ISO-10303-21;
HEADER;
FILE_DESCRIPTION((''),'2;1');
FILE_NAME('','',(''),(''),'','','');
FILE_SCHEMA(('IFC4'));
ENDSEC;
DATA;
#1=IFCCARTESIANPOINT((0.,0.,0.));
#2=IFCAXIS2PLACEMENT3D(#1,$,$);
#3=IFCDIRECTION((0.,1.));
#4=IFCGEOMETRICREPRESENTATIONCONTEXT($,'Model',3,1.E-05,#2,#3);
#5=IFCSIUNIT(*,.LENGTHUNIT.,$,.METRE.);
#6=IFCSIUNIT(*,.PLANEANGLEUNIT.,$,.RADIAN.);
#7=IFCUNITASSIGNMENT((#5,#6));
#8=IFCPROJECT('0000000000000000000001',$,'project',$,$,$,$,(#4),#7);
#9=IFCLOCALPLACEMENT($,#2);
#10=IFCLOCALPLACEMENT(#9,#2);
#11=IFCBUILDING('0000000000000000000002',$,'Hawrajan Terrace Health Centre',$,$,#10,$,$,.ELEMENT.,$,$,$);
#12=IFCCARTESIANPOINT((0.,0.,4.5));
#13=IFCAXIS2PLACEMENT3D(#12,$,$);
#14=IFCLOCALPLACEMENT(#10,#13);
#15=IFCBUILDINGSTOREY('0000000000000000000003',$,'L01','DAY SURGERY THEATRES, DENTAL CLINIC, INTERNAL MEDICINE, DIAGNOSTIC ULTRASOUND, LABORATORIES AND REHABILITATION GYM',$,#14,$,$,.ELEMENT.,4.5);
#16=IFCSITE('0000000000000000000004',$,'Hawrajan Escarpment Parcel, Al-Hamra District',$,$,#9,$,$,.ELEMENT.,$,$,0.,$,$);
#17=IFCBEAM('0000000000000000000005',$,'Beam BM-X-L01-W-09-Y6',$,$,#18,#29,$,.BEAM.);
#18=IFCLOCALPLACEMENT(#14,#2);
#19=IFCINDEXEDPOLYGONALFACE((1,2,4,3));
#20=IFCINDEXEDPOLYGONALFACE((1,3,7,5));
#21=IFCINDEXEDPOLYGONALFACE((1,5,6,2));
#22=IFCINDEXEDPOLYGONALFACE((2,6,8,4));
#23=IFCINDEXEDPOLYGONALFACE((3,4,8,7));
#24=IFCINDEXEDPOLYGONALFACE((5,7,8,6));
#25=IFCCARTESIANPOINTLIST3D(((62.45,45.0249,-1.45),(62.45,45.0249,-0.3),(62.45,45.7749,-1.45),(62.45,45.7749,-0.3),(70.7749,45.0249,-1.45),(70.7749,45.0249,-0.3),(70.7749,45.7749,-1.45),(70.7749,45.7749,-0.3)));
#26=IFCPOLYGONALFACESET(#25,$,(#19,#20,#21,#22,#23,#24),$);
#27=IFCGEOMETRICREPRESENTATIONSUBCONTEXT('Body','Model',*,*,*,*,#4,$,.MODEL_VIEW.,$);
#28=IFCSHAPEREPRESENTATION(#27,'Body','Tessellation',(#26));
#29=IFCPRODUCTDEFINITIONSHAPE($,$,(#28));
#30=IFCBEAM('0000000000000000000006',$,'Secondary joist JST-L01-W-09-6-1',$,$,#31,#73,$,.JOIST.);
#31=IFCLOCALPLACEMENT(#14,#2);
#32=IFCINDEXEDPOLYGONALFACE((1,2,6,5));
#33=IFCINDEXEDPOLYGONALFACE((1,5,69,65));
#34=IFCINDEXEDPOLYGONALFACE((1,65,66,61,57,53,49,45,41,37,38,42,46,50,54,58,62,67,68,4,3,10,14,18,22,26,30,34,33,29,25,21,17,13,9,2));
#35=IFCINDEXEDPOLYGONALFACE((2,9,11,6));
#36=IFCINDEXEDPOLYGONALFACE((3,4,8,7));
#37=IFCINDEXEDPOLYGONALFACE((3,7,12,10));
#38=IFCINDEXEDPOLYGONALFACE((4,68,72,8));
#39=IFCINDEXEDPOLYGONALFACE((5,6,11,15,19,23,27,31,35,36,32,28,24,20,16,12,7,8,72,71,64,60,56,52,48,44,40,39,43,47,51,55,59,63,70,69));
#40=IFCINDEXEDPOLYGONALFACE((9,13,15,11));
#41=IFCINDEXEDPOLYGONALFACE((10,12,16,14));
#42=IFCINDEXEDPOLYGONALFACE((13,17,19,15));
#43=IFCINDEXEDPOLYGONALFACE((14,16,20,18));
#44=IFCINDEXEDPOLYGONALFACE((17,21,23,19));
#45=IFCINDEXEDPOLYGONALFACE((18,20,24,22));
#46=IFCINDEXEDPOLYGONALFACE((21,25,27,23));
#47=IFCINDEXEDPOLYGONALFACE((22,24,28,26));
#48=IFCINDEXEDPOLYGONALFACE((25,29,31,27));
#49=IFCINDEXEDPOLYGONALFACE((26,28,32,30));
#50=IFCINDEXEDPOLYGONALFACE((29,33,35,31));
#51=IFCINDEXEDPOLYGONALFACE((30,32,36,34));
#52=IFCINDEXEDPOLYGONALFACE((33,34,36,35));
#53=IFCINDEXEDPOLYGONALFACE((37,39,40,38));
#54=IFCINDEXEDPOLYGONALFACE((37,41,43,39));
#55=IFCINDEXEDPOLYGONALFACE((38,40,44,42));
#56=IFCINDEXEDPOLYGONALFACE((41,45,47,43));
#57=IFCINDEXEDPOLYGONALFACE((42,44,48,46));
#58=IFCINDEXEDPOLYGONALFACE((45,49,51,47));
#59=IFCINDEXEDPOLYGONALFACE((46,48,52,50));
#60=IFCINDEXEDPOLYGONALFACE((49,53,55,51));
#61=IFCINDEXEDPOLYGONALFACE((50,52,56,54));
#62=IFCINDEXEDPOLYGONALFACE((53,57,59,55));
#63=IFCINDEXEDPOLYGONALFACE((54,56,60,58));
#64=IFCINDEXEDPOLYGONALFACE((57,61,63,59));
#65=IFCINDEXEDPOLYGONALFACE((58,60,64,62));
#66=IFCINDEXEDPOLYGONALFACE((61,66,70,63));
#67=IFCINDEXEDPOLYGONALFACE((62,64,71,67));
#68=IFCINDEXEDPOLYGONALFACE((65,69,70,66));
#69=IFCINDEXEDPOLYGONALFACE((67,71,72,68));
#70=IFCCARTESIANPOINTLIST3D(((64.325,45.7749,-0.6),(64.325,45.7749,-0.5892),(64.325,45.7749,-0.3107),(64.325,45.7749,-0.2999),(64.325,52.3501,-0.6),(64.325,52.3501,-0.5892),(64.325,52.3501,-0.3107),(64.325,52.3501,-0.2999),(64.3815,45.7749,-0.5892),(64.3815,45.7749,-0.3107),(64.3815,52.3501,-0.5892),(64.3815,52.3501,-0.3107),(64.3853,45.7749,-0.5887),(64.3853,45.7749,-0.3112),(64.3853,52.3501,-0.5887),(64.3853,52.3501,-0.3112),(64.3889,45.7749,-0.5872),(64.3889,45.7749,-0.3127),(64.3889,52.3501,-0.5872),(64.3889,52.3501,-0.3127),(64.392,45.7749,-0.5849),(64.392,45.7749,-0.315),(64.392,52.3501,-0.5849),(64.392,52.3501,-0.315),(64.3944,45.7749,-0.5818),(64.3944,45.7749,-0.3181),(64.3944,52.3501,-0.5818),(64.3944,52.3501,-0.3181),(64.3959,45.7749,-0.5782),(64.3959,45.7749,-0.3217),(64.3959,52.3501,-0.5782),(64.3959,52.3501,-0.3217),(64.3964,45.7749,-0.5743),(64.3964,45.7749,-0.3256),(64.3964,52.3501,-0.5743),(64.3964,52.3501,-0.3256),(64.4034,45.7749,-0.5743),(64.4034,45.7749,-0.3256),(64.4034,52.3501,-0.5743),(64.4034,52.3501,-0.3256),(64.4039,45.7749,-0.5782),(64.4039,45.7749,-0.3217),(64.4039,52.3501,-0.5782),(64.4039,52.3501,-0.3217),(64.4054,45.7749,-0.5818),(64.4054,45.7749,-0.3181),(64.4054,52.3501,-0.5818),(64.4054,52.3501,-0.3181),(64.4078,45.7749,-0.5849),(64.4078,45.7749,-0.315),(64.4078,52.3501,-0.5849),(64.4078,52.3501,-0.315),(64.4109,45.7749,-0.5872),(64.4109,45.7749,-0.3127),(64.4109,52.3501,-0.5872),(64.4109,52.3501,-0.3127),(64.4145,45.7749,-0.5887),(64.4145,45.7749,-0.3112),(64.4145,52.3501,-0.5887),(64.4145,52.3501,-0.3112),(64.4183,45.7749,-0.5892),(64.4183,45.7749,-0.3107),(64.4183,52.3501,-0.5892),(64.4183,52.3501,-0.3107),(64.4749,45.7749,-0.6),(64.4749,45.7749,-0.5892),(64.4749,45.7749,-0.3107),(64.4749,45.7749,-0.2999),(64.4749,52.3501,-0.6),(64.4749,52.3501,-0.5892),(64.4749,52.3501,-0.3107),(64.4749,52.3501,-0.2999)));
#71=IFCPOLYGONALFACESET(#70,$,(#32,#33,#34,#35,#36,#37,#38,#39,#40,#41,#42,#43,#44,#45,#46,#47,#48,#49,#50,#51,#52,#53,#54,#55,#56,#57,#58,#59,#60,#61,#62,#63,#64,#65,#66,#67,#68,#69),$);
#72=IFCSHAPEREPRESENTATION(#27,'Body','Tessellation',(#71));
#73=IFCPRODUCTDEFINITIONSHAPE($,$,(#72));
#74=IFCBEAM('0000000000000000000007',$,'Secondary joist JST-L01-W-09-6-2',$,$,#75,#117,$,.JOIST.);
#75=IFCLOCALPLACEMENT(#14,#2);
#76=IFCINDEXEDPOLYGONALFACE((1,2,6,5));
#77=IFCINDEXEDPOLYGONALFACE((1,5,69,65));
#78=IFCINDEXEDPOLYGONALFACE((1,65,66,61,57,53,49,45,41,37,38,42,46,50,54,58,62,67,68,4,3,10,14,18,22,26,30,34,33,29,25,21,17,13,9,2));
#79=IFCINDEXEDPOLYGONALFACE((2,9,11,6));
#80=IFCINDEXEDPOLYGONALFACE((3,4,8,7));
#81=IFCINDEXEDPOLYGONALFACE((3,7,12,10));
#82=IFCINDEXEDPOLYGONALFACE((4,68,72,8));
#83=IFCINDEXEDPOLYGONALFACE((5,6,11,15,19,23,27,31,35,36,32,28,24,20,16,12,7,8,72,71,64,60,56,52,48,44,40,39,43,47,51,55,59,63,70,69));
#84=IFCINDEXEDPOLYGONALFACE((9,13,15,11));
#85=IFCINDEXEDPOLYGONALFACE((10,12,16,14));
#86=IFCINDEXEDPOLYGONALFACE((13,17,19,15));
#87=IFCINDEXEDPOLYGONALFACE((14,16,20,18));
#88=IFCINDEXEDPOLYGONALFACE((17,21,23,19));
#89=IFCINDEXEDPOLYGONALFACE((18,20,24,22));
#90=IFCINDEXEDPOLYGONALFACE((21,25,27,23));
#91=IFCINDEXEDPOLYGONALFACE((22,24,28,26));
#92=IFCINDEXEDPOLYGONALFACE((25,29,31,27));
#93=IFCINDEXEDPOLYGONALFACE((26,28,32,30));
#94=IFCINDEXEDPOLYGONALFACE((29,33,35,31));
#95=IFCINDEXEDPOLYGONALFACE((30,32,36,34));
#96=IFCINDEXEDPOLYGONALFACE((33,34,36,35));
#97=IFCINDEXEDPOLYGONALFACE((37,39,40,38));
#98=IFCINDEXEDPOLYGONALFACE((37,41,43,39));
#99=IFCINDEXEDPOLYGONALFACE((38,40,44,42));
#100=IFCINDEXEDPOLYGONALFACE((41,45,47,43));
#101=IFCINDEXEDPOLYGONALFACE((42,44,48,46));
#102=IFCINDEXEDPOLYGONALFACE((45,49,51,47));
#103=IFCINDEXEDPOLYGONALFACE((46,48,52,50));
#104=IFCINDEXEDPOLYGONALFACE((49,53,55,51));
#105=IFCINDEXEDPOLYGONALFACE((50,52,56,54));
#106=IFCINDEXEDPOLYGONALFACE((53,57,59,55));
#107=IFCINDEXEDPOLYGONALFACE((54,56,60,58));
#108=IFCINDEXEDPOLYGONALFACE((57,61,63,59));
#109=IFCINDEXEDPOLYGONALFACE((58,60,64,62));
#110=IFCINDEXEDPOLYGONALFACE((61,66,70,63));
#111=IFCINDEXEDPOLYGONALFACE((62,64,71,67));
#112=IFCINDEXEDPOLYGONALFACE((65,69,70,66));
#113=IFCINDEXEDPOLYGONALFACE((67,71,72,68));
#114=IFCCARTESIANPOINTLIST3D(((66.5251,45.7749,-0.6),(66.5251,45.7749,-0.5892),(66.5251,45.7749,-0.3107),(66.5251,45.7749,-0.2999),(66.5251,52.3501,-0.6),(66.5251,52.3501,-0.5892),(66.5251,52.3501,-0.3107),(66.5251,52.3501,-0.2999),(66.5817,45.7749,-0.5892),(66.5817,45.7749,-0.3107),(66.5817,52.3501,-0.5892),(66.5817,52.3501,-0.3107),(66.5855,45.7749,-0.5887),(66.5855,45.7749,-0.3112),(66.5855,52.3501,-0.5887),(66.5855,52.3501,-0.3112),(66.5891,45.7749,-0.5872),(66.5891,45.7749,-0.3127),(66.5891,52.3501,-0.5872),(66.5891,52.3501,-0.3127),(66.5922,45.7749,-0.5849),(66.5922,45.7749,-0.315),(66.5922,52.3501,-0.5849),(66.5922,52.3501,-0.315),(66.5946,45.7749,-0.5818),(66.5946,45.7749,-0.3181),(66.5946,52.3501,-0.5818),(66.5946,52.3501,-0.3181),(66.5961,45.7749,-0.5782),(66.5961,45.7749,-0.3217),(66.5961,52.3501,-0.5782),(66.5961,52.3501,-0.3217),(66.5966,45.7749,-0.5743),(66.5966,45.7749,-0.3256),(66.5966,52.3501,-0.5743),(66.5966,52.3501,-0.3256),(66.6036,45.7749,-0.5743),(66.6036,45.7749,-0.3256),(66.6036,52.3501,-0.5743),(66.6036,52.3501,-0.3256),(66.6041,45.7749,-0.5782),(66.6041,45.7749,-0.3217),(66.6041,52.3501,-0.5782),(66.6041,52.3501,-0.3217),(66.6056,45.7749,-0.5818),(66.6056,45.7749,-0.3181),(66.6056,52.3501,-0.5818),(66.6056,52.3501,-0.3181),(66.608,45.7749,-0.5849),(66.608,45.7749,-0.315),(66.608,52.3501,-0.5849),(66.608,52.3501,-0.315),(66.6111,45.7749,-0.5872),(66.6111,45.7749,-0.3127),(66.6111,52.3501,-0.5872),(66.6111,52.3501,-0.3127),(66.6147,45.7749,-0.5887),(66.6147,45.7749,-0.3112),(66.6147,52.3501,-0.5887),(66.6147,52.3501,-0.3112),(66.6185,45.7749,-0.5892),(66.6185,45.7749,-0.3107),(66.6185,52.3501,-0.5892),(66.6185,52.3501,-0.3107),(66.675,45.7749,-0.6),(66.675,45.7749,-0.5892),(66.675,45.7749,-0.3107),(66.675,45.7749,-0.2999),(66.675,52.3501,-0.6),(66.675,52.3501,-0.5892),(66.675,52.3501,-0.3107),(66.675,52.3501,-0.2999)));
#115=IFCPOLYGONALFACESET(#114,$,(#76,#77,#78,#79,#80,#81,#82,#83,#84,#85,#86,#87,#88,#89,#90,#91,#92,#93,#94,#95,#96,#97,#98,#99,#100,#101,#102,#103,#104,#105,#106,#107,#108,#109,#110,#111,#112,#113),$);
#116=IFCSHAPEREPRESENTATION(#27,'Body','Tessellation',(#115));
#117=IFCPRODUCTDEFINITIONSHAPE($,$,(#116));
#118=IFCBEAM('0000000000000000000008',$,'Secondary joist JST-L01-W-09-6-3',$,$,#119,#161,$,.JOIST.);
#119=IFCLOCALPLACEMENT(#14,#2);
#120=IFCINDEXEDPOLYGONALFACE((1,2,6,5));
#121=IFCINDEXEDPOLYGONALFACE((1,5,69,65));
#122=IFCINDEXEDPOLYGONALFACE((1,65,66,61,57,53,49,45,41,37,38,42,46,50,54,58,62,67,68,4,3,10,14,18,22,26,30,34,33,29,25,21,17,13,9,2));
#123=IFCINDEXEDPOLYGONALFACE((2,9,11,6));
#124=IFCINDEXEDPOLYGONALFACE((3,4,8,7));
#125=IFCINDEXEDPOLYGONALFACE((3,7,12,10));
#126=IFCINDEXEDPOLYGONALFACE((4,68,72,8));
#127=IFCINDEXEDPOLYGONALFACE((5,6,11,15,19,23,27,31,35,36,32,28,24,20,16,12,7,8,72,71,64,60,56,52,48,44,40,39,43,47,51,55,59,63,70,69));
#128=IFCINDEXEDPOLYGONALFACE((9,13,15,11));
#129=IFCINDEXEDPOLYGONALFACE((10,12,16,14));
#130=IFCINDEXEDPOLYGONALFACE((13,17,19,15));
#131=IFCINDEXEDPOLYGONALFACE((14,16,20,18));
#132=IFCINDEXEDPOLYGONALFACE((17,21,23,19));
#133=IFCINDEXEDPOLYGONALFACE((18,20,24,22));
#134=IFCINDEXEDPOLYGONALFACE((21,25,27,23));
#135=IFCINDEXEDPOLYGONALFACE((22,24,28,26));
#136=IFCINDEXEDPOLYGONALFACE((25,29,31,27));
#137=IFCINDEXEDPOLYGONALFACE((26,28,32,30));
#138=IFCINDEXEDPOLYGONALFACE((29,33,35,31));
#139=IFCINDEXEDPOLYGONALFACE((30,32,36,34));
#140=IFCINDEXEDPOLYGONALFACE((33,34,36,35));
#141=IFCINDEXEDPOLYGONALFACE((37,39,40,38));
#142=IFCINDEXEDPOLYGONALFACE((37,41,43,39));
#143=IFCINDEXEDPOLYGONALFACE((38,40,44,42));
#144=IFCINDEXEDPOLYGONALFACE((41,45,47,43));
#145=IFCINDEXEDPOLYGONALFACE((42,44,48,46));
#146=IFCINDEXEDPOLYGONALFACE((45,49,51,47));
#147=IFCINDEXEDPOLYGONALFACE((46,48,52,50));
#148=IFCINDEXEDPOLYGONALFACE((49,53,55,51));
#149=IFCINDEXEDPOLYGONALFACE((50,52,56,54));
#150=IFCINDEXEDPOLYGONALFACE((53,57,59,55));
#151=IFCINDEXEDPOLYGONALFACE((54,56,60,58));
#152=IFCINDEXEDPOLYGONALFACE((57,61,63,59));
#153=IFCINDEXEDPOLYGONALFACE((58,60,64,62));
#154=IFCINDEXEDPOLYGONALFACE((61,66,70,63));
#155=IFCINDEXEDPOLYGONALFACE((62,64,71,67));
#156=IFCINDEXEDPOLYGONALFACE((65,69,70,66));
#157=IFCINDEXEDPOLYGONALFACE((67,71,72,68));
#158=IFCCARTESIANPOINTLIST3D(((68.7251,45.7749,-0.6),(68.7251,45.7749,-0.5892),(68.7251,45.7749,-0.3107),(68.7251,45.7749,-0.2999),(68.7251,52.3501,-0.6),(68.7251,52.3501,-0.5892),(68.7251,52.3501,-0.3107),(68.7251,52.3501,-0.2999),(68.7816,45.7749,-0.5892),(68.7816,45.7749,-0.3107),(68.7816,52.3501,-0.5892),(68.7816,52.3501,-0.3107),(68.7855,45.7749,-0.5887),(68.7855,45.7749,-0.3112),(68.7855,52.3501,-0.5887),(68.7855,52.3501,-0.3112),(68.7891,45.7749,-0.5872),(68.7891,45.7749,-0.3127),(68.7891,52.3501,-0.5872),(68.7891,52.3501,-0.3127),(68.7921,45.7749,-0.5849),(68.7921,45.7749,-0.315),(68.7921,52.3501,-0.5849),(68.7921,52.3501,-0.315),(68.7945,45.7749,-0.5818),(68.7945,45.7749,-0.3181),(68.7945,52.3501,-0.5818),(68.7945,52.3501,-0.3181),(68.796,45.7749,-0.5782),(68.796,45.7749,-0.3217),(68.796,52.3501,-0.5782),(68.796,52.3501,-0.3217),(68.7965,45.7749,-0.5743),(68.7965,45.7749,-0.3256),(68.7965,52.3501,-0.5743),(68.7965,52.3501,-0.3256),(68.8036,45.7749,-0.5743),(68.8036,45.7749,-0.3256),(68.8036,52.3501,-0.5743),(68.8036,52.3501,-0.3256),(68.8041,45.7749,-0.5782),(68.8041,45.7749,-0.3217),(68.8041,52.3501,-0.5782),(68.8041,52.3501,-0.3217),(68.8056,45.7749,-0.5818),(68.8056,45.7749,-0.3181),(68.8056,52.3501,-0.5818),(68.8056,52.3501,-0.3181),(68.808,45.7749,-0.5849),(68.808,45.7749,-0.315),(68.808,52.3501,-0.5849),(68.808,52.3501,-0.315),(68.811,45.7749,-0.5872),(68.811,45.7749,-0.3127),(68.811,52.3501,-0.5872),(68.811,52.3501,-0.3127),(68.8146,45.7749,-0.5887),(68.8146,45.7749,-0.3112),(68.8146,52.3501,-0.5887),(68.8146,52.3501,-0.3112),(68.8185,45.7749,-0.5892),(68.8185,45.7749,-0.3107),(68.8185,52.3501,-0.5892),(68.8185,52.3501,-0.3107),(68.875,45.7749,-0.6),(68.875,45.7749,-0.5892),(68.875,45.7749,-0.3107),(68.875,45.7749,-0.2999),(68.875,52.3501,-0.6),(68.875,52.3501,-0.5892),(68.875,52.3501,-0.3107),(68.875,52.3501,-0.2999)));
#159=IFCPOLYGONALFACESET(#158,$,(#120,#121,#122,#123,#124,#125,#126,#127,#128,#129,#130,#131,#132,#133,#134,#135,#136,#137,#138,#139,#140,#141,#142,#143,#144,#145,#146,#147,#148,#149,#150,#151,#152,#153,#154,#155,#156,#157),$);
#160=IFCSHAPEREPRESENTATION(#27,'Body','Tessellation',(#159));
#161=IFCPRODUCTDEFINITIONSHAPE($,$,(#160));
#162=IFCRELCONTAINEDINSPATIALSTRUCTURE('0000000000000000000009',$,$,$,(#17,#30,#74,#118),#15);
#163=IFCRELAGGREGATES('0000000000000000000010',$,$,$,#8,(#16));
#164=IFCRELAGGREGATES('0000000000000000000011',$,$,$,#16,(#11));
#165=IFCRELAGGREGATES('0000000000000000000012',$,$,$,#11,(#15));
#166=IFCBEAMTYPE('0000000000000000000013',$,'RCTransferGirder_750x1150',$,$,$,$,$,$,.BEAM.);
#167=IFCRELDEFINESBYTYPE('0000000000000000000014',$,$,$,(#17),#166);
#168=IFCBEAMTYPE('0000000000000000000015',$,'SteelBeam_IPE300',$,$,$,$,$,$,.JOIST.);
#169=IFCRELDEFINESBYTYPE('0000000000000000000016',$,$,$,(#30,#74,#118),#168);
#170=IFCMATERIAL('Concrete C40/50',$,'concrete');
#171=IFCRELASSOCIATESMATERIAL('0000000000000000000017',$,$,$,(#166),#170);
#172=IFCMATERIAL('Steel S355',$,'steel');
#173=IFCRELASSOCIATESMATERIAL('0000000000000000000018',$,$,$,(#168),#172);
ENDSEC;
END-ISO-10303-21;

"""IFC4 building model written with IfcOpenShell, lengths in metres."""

from ifc_helpers import new_model, si_unit, direction, frame, origin, origin_2d, place, context, subcontext, project, spatial, rectangle, i_section, extrude, material, material_profile, profile_set, type_object, element, save


model = new_model("IFC4")

# Units and contexts
model_context = context("Model", 3, precision=1e-05, world=origin(), true_north=direction((0.0, 1.0)))
body_context = subcontext(model_context, "Body", "Model", "MODEL_VIEW")
ifc_project = project(units=[si_unit("LENGTHUNIT", "METRE"), si_unit("PLANEANGLEUNIT", "RADIAN")], contexts=[model_context])

# Site, building, storey
site_placement = place(None, origin())
site = spatial("IfcSite", under=ifc_project, at=site_placement, Name="Hawrajan Escarpment Parcel, Al-Hamra District", CompositionType="ELEMENT", RefElevation=0.0)
building_placement = place(site_placement, origin())
building = spatial("IfcBuilding", under=site, at=building_placement, Name="Hawrajan Terrace Health Centre", CompositionType="ELEMENT")
storey_placement = place(building_placement, frame((0.0, 0.0, 4.5)))
storey = spatial("IfcBuildingStorey", under=building, at=storey_placement, Name="L01", Description="DAY SURGERY THEATRES, DENTAL CLINIC, INTERNAL MEDICINE, DIAGNOSTIC ULTRASOUND, LABORATORIES AND REHABILITATION GYM", CompositionType="ELEMENT", Elevation=4.5)

# Beams
ifc_material_1 = material(Name="Concrete C40/50", Category="concrete")
ifc_material_profile_1 = material_profile(ifc_material_1, rectangle(XDim=0.75, YDim=1.1499, at=origin_2d()), Name="RC TG 750x1150")
ifc_profile_set_1 = profile_set([ifc_material_profile_1], Name="Concrete C40/50")
beam_type_1 = type_object("IfcBeamType", Name="RCTransferGirder_750x1150", PredefinedType="BEAM", material=ifc_profile_set_1)
beam_1_placement = place(storey_placement, frame((62.45, 45.3999, -0.875), z_axis=(1.0, 0.0, 0.0), x_axis=(0.0, 1.0, 0.0)))
element("IfcBeam", 1, at=beam_1_placement, inside=storey, type_object=beam_type_1, Name="Beam BM-X-L01-W-09-Y6", PredefinedType="BEAM", context=body_context, shape_type="SweptSolid", body=[
    extrude(rectangle(XDim=0.75, YDim=1.1499, at=origin_2d()), origin(), (0.0, 0.0, 1.0), 8.325),
])
ifc_material_2 = material(Name="Steel S355", Category="steel")
ifc_material_profile_2 = material_profile(ifc_material_2, i_section(OverallWidth=0.1499, OverallDepth=0.3, WebThickness=0.0071, FlangeThickness=0.0107, FilletRadius=0.0149, at=origin_2d()), Name="IPE 300")
ifc_profile_set_2 = profile_set([ifc_material_profile_2], Name="Steel S355")
beam_type_2 = type_object("IfcBeamType", Name="SteelBeam_IPE300", PredefinedType="JOIST", material=ifc_profile_set_2)
for number, where, z_axis, x_axis, name in (
    (2, (64.3999, 45.7749, -0.45), (0.0, 1.0, 0.0), (-1.0, 0.0, 0.0), "Secondary joist JST-L01-W-09-6-1"),
    (3, (66.6001, 45.7749, -0.45), (0.0, 1.0, 0.0), (-1.0, 0.0, 0.0), "Secondary joist JST-L01-W-09-6-2"),
    (4, (68.8, 45.7749, -0.45), (0.0, 1.0, 0.0), (-1.0, 0.0, 0.0), "Secondary joist JST-L01-W-09-6-3"),
):
    element("IfcBeam", number, at=place(storey_placement, frame(where, z_axis=z_axis, x_axis=x_axis)), inside=storey, type_object=beam_type_2, Name=name, PredefinedType="JOIST", context=body_context, shape_type="SweptSolid", body=[
        extrude(i_section(OverallWidth=0.1499, OverallDepth=0.3, WebThickness=0.0071, FlangeThickness=0.0107, FilletRadius=0.0149, at=origin_2d()), origin(), (0.0, 0.0, 1.0), 6.5752),
    ])

save(model, "model.ifc")
